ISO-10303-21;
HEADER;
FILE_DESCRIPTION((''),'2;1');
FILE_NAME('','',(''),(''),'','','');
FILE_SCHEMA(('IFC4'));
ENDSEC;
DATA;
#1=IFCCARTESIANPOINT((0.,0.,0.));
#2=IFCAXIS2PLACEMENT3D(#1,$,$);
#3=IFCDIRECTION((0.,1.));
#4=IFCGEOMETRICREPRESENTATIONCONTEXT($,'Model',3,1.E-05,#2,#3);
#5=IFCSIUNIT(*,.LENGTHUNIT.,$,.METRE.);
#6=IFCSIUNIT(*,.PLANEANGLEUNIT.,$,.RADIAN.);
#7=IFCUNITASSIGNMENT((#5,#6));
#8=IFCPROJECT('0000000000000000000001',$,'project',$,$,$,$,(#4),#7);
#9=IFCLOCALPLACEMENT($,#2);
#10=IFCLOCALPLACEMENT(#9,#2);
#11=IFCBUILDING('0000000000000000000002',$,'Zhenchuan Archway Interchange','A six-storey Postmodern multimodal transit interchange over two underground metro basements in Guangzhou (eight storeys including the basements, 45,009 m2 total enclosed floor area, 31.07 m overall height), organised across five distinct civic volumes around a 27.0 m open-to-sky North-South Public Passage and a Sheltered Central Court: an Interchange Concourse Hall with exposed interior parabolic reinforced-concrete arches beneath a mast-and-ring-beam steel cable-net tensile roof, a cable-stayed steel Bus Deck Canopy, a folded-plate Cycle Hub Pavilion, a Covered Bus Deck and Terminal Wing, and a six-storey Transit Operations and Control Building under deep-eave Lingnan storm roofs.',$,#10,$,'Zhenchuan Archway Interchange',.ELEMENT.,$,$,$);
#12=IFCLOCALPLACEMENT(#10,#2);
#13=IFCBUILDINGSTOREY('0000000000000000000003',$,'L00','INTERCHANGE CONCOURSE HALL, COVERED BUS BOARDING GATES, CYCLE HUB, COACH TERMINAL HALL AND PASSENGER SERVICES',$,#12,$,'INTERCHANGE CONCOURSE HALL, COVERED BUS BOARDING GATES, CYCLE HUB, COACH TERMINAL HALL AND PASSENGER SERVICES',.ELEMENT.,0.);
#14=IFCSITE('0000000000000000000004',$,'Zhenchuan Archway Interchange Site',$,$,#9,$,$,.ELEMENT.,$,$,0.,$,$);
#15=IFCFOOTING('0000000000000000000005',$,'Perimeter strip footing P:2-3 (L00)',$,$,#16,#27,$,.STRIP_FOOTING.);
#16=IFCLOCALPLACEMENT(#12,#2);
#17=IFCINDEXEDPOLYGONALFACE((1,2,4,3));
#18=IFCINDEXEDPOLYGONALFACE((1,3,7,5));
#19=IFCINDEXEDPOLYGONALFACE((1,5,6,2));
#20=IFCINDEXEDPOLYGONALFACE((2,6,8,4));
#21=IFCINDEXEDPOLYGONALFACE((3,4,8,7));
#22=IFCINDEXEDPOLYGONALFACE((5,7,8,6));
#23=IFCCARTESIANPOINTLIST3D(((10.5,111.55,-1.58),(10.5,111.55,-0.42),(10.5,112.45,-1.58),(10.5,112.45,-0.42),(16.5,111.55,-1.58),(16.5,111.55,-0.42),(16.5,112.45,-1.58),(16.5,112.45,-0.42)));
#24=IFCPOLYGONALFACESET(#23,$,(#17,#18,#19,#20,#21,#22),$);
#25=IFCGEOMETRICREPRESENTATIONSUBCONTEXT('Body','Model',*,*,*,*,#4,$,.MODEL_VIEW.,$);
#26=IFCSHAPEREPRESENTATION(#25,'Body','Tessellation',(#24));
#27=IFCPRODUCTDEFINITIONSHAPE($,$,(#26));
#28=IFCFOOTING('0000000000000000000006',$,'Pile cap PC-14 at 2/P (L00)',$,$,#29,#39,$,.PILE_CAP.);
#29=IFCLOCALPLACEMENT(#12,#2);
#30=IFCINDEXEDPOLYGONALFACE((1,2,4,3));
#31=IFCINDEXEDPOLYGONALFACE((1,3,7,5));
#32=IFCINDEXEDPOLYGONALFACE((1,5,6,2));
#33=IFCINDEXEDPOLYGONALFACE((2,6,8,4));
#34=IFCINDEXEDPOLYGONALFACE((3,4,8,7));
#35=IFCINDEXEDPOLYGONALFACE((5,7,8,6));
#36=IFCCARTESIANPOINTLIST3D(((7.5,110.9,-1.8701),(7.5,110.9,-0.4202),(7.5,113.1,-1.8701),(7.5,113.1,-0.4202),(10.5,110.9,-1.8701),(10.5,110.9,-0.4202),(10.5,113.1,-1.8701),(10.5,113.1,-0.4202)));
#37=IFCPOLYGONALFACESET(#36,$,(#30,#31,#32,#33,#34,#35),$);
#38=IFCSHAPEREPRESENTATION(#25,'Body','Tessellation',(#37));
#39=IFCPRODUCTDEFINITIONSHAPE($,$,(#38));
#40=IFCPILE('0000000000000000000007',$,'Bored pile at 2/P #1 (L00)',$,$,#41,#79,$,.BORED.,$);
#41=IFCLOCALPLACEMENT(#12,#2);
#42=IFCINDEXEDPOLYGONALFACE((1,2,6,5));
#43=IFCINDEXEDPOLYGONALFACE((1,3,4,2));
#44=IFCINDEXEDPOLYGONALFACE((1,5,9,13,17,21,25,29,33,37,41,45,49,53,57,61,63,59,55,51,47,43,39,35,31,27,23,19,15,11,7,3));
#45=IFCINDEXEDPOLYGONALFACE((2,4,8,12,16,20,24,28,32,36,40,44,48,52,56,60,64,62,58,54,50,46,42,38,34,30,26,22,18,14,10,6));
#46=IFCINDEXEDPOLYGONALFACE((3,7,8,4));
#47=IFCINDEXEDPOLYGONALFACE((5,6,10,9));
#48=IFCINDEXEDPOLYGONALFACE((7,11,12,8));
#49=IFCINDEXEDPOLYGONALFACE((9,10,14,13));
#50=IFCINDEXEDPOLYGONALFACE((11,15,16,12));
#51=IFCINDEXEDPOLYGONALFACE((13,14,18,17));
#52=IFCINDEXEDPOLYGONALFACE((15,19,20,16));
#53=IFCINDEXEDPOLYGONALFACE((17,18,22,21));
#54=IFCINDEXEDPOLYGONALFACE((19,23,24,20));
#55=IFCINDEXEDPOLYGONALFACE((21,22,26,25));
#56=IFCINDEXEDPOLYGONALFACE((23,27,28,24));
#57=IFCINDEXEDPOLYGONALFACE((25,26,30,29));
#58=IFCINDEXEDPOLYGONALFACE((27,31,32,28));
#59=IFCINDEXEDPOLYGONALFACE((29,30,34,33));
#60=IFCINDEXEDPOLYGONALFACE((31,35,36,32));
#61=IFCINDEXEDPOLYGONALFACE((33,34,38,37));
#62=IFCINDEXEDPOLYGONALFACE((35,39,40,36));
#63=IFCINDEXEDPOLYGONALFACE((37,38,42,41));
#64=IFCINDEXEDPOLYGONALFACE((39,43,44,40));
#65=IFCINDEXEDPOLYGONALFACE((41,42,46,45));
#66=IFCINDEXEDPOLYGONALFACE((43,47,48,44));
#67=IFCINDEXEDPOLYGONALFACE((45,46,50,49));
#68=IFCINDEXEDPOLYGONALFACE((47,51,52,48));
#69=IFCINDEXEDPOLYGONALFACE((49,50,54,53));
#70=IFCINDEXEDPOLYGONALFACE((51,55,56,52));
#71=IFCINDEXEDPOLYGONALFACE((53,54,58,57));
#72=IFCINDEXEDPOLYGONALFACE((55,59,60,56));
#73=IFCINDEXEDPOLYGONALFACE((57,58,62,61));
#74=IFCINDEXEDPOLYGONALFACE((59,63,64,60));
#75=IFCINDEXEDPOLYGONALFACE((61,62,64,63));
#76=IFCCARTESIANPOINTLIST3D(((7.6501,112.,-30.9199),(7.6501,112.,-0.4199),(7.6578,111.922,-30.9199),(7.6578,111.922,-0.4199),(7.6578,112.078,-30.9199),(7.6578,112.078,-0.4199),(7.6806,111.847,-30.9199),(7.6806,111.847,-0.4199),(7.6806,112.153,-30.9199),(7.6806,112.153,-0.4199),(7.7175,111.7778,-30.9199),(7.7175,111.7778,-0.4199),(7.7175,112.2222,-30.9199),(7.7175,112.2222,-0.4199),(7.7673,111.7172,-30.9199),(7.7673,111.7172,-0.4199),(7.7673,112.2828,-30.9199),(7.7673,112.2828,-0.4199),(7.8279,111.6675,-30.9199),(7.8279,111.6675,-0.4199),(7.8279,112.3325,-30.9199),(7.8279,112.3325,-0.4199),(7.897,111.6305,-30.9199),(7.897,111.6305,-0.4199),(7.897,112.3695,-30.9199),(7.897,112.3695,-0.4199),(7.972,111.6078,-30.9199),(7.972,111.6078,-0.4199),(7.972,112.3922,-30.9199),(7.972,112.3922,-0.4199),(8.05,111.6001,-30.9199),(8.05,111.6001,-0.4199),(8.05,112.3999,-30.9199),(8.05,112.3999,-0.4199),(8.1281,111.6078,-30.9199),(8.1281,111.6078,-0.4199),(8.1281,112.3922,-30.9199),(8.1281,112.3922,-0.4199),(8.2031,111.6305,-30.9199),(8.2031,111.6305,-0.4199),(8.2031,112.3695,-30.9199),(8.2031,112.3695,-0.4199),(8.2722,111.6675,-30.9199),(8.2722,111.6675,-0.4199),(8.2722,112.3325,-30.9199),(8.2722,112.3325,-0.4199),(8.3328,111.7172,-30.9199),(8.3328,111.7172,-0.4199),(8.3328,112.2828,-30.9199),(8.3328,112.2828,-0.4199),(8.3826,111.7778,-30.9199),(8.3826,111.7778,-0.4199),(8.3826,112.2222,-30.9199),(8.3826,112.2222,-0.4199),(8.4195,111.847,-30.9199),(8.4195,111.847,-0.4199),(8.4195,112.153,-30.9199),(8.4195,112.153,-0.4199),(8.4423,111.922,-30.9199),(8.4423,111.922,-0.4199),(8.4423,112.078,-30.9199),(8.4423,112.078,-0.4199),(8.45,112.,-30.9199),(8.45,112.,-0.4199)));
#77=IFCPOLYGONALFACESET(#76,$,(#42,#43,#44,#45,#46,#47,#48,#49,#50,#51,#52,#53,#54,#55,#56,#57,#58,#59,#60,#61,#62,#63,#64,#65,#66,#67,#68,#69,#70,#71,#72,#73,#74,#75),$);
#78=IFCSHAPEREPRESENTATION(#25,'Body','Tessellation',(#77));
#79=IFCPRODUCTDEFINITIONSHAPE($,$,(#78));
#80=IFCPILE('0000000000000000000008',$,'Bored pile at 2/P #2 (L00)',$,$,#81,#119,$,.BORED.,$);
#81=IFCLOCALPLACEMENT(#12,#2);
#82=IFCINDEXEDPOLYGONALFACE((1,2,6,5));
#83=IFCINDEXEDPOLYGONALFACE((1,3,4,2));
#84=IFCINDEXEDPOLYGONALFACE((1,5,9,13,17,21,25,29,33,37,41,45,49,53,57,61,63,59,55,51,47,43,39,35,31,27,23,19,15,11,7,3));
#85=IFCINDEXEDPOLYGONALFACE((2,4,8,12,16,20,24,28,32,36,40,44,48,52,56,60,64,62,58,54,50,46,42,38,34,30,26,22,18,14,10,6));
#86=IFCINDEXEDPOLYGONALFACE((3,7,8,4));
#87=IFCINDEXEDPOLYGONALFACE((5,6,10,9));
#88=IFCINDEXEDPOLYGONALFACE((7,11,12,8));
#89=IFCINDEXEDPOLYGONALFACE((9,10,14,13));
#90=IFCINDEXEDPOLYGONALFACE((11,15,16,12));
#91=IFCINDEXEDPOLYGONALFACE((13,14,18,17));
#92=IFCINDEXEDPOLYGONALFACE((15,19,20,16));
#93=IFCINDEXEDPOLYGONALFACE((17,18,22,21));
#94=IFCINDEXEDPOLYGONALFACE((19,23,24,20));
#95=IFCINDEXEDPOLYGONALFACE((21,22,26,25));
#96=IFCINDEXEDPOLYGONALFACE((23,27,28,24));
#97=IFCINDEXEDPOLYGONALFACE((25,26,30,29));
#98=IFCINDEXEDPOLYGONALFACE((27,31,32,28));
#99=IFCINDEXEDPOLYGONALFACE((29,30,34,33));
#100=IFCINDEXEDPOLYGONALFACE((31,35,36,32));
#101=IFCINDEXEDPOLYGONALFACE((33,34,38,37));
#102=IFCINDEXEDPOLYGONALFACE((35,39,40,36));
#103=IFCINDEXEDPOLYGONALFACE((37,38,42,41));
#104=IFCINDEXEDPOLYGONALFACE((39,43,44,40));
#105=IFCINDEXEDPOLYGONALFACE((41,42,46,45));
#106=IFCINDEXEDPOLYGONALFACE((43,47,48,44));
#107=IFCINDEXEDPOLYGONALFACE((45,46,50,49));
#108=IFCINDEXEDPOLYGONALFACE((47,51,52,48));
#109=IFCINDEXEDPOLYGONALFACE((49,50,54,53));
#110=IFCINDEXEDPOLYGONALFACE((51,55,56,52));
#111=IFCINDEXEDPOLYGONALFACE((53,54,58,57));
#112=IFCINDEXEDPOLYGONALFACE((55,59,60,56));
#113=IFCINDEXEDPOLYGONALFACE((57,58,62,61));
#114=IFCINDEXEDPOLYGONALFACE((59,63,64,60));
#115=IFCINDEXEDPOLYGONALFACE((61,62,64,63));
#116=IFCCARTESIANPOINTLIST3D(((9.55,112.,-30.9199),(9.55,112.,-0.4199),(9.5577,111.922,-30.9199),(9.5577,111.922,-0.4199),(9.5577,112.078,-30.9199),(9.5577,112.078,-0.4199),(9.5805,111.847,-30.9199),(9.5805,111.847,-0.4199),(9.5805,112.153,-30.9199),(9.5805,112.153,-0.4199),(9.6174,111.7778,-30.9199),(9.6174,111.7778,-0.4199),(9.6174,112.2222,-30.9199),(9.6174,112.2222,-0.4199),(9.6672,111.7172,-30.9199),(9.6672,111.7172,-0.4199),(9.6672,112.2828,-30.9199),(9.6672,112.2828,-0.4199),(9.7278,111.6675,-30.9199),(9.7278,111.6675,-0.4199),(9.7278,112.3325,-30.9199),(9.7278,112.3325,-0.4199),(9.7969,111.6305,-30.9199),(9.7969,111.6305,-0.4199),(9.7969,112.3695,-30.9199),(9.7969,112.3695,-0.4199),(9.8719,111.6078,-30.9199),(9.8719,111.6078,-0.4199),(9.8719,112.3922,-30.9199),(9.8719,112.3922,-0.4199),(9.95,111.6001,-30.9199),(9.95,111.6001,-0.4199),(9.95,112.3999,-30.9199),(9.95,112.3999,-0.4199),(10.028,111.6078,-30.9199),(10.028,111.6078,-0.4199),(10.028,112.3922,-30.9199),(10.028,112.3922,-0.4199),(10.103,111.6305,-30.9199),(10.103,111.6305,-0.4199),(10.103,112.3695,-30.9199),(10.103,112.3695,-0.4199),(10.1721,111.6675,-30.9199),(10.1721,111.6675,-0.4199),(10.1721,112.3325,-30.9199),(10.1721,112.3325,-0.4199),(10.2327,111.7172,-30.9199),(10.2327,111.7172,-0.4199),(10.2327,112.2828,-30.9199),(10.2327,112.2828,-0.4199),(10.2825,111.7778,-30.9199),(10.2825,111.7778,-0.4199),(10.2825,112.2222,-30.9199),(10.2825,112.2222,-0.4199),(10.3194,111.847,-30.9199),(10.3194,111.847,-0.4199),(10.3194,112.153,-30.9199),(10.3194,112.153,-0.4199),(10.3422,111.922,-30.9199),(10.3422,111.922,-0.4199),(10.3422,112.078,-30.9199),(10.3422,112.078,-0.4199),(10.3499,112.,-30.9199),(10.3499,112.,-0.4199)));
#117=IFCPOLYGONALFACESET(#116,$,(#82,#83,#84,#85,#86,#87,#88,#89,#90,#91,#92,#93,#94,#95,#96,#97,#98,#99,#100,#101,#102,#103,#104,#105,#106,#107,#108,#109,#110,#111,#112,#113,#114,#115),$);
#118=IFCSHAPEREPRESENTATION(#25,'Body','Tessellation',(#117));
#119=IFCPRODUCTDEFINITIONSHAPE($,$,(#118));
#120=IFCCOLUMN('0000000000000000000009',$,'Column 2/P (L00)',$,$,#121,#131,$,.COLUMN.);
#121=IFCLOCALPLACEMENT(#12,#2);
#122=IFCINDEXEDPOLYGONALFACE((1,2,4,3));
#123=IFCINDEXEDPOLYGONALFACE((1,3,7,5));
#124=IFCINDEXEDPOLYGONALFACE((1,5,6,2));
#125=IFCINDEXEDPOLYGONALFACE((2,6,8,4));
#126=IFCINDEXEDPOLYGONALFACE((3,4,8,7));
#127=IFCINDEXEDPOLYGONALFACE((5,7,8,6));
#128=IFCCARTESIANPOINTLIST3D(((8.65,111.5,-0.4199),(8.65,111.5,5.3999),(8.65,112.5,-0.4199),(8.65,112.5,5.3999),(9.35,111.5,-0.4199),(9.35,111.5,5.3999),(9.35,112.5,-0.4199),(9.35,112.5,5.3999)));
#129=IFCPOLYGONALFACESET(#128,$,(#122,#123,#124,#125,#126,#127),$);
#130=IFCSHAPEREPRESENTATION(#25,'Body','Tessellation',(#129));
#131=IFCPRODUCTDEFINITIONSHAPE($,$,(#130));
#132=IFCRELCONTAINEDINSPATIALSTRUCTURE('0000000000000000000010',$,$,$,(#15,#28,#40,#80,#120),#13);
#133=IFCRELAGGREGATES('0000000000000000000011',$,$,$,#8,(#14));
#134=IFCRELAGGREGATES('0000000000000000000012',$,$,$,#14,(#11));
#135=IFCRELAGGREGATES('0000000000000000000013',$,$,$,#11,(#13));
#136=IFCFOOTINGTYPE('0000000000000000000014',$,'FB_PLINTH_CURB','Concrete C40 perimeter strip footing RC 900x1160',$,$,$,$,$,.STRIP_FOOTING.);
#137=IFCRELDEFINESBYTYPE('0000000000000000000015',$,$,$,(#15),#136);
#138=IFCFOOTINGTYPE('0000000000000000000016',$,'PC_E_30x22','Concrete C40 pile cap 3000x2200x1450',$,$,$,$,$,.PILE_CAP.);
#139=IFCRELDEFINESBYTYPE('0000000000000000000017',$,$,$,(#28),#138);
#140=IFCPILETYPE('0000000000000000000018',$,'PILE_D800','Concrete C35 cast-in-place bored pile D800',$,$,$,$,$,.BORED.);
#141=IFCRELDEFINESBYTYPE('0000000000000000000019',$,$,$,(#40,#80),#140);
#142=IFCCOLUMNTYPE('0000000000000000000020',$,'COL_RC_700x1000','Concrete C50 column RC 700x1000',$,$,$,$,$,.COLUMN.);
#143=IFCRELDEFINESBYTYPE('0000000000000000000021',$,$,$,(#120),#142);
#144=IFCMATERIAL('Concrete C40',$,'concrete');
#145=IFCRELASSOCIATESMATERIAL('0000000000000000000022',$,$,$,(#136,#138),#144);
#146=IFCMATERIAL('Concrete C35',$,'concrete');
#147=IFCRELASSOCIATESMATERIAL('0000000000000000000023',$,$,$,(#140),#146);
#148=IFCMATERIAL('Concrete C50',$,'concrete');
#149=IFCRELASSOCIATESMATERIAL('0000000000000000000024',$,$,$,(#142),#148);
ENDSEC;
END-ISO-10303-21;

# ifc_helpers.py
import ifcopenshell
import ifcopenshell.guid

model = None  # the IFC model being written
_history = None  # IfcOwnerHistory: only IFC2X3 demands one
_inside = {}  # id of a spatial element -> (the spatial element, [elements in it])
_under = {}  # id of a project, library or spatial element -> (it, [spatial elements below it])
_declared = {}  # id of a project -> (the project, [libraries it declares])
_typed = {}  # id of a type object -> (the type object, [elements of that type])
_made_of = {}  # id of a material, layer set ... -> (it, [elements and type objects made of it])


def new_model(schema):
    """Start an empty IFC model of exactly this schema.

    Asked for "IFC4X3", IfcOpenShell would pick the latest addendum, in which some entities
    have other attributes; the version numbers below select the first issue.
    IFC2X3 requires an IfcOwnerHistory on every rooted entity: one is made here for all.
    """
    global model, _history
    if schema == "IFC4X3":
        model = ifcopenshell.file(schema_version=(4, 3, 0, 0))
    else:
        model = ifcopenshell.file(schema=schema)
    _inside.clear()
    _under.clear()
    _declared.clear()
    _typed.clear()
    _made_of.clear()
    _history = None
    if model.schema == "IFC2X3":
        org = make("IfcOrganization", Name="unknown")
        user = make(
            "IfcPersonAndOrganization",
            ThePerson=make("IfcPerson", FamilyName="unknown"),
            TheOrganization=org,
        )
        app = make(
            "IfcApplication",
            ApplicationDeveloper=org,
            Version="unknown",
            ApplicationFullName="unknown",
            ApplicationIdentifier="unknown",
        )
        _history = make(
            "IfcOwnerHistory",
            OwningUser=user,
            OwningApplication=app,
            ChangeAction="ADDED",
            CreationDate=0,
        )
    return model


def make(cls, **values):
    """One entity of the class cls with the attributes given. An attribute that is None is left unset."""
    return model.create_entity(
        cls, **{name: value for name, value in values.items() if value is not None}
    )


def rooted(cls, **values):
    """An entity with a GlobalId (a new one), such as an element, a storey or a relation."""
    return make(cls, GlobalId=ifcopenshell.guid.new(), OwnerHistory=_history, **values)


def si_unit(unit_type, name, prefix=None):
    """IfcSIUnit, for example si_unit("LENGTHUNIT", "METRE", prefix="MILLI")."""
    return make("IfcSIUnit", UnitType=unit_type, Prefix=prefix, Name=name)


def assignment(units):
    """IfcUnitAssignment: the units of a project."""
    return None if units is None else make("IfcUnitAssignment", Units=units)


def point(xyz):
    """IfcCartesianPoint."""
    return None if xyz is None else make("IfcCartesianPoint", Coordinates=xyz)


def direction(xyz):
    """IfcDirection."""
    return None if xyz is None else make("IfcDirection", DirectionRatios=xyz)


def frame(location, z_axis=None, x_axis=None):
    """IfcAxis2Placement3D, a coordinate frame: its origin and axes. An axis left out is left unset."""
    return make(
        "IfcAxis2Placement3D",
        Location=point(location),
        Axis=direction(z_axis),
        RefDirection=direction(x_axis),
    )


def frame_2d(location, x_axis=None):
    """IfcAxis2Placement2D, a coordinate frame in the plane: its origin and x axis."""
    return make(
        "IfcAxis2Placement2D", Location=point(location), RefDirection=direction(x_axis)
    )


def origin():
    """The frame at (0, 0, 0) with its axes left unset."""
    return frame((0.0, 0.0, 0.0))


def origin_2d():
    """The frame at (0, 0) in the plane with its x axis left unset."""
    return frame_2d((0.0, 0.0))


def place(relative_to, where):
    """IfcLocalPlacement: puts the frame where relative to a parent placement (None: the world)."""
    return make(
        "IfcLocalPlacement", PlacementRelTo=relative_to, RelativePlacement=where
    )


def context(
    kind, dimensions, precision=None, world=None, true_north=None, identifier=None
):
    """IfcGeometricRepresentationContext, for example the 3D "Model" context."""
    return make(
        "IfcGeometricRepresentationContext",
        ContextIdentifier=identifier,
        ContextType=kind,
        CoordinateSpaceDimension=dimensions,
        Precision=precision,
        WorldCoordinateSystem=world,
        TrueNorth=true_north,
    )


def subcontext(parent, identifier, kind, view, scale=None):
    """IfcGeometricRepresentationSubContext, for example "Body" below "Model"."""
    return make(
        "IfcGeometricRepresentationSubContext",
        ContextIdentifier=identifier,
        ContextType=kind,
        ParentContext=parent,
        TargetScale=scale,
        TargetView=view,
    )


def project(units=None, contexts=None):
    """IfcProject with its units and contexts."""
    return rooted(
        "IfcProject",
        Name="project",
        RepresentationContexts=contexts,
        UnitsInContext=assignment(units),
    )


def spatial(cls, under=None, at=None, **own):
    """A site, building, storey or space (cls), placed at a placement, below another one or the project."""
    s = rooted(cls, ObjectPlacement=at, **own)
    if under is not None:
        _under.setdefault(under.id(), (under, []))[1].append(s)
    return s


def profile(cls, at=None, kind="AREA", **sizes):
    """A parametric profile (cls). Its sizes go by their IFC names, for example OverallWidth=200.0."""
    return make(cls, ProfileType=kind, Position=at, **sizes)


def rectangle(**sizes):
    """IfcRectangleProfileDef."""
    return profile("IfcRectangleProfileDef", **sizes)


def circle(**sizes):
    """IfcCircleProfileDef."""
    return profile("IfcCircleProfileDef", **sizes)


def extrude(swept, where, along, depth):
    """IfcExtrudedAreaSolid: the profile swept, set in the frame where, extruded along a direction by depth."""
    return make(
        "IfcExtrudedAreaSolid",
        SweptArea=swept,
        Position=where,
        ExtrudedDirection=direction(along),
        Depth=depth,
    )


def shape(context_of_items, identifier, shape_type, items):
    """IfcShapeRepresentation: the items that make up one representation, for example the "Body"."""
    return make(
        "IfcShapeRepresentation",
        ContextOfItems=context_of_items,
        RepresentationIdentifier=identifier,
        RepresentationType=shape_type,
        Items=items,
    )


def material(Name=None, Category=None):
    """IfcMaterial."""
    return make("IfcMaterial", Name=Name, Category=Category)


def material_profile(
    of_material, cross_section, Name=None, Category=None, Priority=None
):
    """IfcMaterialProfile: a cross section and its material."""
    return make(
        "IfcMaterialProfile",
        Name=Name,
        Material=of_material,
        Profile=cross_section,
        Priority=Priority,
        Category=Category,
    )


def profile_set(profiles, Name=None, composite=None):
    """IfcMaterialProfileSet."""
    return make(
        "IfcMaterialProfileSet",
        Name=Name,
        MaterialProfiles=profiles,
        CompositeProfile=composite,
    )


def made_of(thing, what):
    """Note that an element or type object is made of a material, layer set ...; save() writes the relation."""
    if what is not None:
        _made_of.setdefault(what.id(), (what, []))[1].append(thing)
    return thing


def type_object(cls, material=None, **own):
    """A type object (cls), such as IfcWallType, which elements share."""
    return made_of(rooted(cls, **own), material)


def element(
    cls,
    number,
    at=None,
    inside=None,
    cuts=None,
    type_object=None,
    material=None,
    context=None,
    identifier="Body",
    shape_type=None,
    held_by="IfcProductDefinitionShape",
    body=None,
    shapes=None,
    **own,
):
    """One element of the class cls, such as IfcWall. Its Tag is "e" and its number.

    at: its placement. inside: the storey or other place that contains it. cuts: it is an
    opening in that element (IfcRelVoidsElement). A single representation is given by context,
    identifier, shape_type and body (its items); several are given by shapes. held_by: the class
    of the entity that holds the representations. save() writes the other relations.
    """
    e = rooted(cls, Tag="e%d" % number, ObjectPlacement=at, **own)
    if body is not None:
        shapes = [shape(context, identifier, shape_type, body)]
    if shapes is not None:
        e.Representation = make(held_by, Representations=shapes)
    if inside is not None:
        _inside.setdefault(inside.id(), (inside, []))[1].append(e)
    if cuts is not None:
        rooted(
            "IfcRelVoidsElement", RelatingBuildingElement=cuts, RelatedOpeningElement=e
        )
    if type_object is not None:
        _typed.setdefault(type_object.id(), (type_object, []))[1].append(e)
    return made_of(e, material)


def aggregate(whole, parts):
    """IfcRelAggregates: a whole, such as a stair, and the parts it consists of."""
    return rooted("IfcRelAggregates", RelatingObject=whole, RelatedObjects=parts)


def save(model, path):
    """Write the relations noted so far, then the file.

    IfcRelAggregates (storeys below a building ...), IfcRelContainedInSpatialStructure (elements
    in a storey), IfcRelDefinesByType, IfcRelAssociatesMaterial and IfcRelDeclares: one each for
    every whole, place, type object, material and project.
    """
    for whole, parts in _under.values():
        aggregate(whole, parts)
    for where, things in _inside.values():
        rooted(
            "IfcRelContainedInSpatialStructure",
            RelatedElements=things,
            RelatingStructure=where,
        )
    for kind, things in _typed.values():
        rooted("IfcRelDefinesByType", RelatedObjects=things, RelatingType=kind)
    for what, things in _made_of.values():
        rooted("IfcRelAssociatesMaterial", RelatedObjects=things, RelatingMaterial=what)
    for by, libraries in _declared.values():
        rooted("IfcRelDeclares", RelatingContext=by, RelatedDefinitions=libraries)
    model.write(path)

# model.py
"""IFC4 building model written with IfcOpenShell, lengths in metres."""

from ifc_helpers import new_model, si_unit, direction, frame, origin, origin_2d, place, context, subcontext, project, spatial, rectangle, circle, extrude, material, material_profile, profile_set, type_object, element, save


model = new_model("IFC4")

# Units and contexts
model_context = context("Model", 3, precision=1e-05, world=origin(), true_north=direction((0.0, 1.0)))
body_context = subcontext(model_context, "Body", "Model", "MODEL_VIEW")
ifc_project = project(units=[si_unit("LENGTHUNIT", "METRE"), si_unit("PLANEANGLEUNIT", "RADIAN")], contexts=[model_context])

# Site, building, storey
site_placement = place(None, origin())
site = spatial("IfcSite", under=ifc_project, at=site_placement, Name="Zhenchuan Archway Interchange Site", CompositionType="ELEMENT", RefElevation=0.0)
building_placement = place(site_placement, origin())
building = spatial("IfcBuilding", under=site, at=building_placement, Name="Zhenchuan Archway Interchange", Description="A six-storey Postmodern multimodal transit interchange over two underground metro basements in Guangzhou (eight storeys including the basements, 45,009 m2 total enclosed floor area, 31.07 m overall height), organised across five distinct civic volumes around a 27.0 m open-to-sky North-South Public Passage and a Sheltered Central Court: an Interchange Concourse Hall with exposed interior parabolic reinforced-concrete arches beneath a mast-and-ring-beam steel cable-net tensile roof, a cable-stayed steel Bus Deck Canopy, a folded-plate Cycle Hub Pavilion, a Covered Bus Deck and Terminal Wing, and a six-storey Transit Operations and Control Building under deep-eave Lingnan storm roofs.", LongName="Zhenchuan Archway Interchange", CompositionType="ELEMENT")
storey_placement = place(building_placement, origin())
storey = spatial("IfcBuildingStorey", under=building, at=storey_placement, Name="L00", Description="INTERCHANGE CONCOURSE HALL, COVERED BUS BOARDING GATES, CYCLE HUB, COACH TERMINAL HALL AND PASSENGER SERVICES", LongName="INTERCHANGE CONCOURSE HALL, COVERED BUS BOARDING GATES, CYCLE HUB, COACH TERMINAL HALL AND PASSENGER SERVICES", CompositionType="ELEMENT", Elevation=0.0)

# Footings
ifc_material_1 = material(Name="Concrete C40", Category="concrete")
ifc_material_profile_1 = material_profile(ifc_material_1, rectangle(XDim=0.8999, YDim=1.1599, at=origin_2d()), Name="RC 900x1160")
ifc_profile_set_1 = profile_set([ifc_material_profile_1], Name="Concrete C40")
footing_type_1 = type_object("IfcFootingType", Name="FB_PLINTH_CURB", Description="Concrete C40 perimeter strip footing RC 900x1160", PredefinedType="STRIP_FOOTING", material=ifc_profile_set_1)
footing_1_placement = place(storey_placement, frame((10.5, 112.0, -1.0), z_axis=(1.0, 0.0, 0.0), x_axis=(0.0, 1.0, 0.0)))
element("IfcFooting", 1, at=footing_1_placement, inside=storey, type_object=footing_type_1, Name="Perimeter strip footing P:2-3 (L00)", PredefinedType="STRIP_FOOTING", context=body_context, shape_type="SweptSolid", body=[
    extrude(rectangle(XDim=0.8999, YDim=1.1599, at=origin_2d()), origin(), (0.0, 0.0, 1.0), 6.0),
])
footing_type_2 = type_object("IfcFootingType", Name="PC_E_30x22", Description="Concrete C40 pile cap 3000x2200x1450", PredefinedType="PILE_CAP", material=ifc_material_1)
footing_2_placement = place(storey_placement, frame((9.0, 112.0, -1.8701), z_axis=(0.0, 0.0, 1.0), x_axis=(1.0, 0.0, 0.0)))
element("IfcFooting", 2, at=footing_2_placement, inside=storey, type_object=footing_type_2, Name="Pile cap PC-14 at 2/P (L00)", PredefinedType="PILE_CAP", context=body_context, shape_type="SweptSolid", body=[
    extrude(rectangle(XDim=3.0, YDim=2.2, at=origin_2d()), origin(), (0.0, 0.0, 1.0), 1.45),
])

# Piles
ifc_material_2 = material(Name="Concrete C35", Category="concrete")
ifc_material_profile_2 = material_profile(ifc_material_2, circle(Radius=0.3999, at=origin_2d()), Name="BORED PILE 800")
ifc_profile_set_2 = profile_set([ifc_material_profile_2], Name="Concrete C35")
pile_type = type_object("IfcPileType", Name="PILE_D800", Description="Concrete C35 cast-in-place bored pile D800", PredefinedType="BORED", material=ifc_profile_set_2)
for number, where, z_axis, x_axis, name in (
    (3, (8.05, 112.0, -0.4199), (0.0, 0.0, -1.0), (1.0, 0.0, 0.0), "Bored pile at 2/P #1 (L00)"),
    (4, (9.95, 112.0, -0.4199), (0.0, 0.0, -1.0), (1.0, 0.0, 0.0), "Bored pile at 2/P #2 (L00)"),
):
    element("IfcPile", number, at=place(storey_placement, frame(where, z_axis=z_axis, x_axis=x_axis)), inside=storey, type_object=pile_type, Name=name, PredefinedType="BORED", context=body_context, shape_type="SweptSolid", body=[
        extrude(circle(Radius=0.3999, at=origin_2d()), origin(), (0.0, 0.0, 1.0), 30.5),
    ])

# Column
ifc_material_3 = material(Name="Concrete C50", Category="concrete")
ifc_material_profile_3 = material_profile(ifc_material_3, rectangle(XDim=0.7, YDim=1.0, at=origin_2d()), Name="RC 700x1000")
ifc_profile_set_3 = profile_set([ifc_material_profile_3], Name="Concrete C50")
column_type = type_object("IfcColumnType", Name="COL_RC_700x1000", Description="Concrete C50 column RC 700x1000", PredefinedType="COLUMN", material=ifc_profile_set_3)
column_placement = place(storey_placement, frame((9.0, 112.0, -0.4199), z_axis=(0.0, 0.0, 1.0), x_axis=(1.0, 0.0, 0.0)))
element("IfcColumn", 5, at=column_placement, inside=storey, type_object=column_type, Name="Column 2/P (L00)", PredefinedType="COLUMN", context=body_context, shape_type="SweptSolid", body=[
    extrude(rectangle(XDim=0.7, YDim=1.0, at=origin_2d()), origin(), (0.0, 0.0, 1.0), 5.8198),
])

save(model, "model.ifc")
